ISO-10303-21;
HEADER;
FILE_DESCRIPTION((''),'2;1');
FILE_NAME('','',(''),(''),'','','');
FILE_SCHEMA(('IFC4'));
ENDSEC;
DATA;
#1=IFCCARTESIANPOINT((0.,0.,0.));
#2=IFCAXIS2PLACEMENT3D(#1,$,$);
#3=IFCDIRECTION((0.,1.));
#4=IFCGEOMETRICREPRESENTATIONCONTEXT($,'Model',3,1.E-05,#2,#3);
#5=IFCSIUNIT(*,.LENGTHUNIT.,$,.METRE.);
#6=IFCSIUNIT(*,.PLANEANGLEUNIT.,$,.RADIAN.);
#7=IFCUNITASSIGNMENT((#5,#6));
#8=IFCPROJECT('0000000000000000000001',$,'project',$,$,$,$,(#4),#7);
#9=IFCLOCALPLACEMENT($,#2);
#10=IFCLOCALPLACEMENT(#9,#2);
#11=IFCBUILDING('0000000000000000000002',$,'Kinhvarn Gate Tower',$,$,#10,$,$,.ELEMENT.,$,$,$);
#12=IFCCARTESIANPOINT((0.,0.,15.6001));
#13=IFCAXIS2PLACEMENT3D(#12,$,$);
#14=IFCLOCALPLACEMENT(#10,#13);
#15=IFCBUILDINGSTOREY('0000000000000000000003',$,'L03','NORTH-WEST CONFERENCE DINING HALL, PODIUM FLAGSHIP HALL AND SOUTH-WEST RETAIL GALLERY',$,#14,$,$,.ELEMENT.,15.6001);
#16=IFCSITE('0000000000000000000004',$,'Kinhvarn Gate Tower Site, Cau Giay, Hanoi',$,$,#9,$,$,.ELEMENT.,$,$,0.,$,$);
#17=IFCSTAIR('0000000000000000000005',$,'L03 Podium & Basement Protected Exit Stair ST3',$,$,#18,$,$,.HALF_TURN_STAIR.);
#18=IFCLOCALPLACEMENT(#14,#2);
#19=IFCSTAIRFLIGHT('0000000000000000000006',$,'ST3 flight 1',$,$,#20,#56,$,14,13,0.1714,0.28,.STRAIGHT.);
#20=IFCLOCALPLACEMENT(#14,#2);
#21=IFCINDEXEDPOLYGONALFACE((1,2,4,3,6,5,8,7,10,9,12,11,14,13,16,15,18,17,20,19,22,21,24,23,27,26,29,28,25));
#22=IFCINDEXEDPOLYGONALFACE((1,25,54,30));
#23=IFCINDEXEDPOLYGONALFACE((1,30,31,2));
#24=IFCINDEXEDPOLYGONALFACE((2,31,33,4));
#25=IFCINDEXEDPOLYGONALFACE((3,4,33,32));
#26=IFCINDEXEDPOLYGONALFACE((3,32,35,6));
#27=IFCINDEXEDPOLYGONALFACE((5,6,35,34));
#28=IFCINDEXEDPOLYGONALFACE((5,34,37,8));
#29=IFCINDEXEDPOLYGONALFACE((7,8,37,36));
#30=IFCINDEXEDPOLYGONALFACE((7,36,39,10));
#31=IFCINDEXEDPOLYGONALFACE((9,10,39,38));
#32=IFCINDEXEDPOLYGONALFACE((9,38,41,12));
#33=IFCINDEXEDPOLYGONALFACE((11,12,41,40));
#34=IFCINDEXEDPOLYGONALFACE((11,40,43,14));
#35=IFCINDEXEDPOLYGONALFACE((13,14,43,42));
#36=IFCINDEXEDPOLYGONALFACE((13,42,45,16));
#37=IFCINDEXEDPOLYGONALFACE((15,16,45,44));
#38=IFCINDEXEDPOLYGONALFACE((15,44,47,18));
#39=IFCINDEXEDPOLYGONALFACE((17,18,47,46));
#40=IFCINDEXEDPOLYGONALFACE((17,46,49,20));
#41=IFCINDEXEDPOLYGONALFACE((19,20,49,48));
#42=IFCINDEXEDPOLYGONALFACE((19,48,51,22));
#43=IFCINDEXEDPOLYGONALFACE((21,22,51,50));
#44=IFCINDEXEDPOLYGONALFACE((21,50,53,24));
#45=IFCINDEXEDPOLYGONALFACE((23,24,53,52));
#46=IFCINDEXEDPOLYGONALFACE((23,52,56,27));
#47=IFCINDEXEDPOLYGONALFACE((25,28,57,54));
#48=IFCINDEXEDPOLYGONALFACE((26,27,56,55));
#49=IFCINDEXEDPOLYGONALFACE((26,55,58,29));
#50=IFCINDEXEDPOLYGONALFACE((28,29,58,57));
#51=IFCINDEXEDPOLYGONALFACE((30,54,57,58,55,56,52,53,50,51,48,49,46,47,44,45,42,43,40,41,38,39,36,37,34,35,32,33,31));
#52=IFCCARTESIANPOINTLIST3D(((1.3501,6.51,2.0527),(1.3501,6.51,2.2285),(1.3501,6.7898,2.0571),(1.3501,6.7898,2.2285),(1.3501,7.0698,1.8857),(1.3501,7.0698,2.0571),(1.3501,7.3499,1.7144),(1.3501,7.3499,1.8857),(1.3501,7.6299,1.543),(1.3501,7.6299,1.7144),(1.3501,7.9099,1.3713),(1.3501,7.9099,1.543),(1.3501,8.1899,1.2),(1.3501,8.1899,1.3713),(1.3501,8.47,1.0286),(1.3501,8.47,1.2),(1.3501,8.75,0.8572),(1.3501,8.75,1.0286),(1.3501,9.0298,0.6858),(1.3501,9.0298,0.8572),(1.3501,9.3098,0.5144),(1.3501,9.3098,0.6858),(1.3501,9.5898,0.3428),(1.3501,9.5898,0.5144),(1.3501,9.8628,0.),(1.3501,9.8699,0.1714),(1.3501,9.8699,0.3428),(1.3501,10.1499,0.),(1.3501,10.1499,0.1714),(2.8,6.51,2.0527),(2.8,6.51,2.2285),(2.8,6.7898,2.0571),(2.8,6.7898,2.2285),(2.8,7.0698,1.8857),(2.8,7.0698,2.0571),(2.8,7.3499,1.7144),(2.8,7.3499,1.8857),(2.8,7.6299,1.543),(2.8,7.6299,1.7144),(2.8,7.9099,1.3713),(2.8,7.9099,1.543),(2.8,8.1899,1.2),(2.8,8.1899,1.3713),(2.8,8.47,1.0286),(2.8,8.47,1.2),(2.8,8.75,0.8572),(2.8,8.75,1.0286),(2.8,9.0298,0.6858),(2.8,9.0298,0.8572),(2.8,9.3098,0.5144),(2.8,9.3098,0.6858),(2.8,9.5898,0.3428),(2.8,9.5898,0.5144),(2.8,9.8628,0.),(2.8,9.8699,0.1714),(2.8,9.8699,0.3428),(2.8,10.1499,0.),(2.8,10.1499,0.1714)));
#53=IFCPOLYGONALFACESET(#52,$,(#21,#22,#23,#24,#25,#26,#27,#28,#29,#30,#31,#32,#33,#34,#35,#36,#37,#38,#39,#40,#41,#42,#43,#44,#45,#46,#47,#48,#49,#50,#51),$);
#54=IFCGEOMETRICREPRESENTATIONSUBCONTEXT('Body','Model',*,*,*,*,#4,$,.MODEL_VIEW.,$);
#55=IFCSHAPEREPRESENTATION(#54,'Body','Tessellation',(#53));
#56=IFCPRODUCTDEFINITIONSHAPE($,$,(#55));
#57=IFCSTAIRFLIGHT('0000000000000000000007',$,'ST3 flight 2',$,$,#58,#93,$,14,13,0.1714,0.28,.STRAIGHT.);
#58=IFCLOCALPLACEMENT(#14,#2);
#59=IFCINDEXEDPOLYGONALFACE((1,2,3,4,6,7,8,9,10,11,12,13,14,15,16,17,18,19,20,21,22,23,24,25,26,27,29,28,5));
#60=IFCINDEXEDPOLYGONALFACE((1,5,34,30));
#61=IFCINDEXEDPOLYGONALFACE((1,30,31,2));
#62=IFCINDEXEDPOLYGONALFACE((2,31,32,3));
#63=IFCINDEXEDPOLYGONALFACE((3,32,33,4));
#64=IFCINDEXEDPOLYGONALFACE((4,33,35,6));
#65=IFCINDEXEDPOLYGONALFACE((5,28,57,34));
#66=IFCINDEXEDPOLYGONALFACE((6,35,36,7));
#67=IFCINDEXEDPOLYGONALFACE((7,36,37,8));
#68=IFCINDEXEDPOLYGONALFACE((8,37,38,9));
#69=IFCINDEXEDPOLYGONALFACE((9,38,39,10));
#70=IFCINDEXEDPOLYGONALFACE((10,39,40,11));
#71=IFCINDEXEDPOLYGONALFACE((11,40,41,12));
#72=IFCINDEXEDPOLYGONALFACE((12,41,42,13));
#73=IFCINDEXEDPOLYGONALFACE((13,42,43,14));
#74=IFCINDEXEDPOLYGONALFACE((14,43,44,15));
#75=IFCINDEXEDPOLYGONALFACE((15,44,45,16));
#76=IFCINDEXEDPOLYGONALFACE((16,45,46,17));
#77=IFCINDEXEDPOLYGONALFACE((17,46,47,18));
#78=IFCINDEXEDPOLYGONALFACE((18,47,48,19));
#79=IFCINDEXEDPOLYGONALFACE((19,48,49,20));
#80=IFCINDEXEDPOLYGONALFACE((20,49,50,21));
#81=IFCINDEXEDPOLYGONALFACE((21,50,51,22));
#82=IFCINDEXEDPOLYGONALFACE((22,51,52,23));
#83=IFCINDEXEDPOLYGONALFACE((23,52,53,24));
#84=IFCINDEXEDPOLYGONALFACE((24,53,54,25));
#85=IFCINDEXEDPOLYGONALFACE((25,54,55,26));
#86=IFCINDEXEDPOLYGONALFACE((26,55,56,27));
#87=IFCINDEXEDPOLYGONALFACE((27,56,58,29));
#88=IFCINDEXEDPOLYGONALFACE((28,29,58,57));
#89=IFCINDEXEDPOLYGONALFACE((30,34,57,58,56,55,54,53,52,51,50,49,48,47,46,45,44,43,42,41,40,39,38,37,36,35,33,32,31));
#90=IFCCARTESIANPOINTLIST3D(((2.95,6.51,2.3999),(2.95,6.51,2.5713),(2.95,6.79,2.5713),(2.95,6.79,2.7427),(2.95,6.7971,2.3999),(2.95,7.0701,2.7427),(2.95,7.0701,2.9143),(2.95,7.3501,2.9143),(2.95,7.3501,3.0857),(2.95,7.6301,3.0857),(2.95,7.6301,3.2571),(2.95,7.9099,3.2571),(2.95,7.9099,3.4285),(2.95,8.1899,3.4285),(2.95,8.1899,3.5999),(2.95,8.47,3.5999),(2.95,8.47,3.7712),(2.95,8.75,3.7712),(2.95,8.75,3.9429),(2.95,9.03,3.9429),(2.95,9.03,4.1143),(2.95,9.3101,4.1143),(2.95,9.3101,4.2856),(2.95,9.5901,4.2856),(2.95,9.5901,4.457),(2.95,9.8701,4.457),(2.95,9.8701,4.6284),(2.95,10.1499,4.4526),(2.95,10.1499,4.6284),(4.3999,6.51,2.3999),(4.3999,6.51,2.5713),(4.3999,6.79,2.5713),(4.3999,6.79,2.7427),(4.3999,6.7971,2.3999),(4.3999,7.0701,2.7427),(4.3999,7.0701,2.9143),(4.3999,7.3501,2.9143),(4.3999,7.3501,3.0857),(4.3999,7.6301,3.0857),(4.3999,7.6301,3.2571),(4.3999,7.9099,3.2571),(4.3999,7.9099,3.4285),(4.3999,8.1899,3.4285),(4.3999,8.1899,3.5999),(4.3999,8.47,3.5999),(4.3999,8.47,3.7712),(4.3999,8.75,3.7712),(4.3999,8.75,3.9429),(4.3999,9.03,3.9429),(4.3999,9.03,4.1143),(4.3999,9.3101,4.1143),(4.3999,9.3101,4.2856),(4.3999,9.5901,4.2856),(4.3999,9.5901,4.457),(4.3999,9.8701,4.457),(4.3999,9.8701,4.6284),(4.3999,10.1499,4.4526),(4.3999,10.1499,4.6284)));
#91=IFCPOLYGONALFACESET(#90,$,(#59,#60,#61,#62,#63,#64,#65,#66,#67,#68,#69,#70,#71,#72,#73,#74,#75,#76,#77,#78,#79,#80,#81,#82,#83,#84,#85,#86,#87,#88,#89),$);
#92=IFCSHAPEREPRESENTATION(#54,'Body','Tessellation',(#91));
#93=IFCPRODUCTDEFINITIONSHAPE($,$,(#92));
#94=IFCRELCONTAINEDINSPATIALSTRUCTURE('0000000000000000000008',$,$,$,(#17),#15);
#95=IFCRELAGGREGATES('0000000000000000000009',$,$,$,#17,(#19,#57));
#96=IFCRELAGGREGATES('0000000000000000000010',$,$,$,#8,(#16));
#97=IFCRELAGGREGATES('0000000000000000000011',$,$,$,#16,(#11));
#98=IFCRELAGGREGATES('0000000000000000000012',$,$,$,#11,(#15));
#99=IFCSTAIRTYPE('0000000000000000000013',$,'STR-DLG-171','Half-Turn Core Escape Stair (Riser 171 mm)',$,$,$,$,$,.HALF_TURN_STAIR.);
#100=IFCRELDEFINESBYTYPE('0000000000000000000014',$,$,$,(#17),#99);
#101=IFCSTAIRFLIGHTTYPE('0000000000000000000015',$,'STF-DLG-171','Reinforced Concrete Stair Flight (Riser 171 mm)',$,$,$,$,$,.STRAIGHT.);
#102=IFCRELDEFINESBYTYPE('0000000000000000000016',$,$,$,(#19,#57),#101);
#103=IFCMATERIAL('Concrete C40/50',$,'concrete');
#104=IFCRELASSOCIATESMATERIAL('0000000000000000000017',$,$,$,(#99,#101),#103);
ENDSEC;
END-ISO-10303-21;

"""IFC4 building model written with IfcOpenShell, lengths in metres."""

from ifc_helpers import new_model, si_unit, direction, frame, origin, place, context, subcontext, project, spatial, polyline, outline, extrude, material, type_object, element, aggregate, save


model = new_model("IFC4")

# Units and contexts
model_context = context("Model", 3, precision=1e-05, world=origin(), true_north=direction((0.0, 1.0)))
body_context = subcontext(model_context, "Body", "Model", "MODEL_VIEW")
ifc_project = project(units=[si_unit("LENGTHUNIT", "METRE"), si_unit("PLANEANGLEUNIT", "RADIAN")], contexts=[model_context])

# Site, building, storey
site_placement = place(None, origin())
site = spatial("IfcSite", under=ifc_project, at=site_placement, Name="Kinhvarn Gate Tower Site, Cau Giay, Hanoi", CompositionType="ELEMENT", RefElevation=0.0)
building_placement = place(site_placement, origin())
building = spatial("IfcBuilding", under=site, at=building_placement, Name="Kinhvarn Gate Tower", CompositionType="ELEMENT")
storey_placement = place(building_placement, frame((0.0, 0.0, 15.6001)))
storey = spatial("IfcBuildingStorey", under=building, at=storey_placement, Name="L03", Description="NORTH-WEST CONFERENCE DINING HALL, PODIUM FLAGSHIP HALL AND SOUTH-WEST RETAIL GALLERY", CompositionType="ELEMENT", Elevation=15.6001)

# Shared definitions
ifc_material_1 = material(Name="Concrete C40/50", Category="concrete")

# Stair, stair flights
stair_type = type_object("IfcStairType", Name="STR-DLG-171", Description="Half-Turn Core Escape Stair (Riser 171 mm)", PredefinedType="HALF_TURN_STAIR", material=ifc_material_1)
stair_placement = place(storey_placement, origin())
stair = element("IfcStair", 1, at=stair_placement, inside=storey, type_object=stair_type, Name="L03 Podium & Basement Protected Exit Stair ST3", PredefinedType="HALF_TURN_STAIR")
stair_flight_type = type_object("IfcStairFlightType", Name="STF-DLG-171", Description="Reinforced Concrete Stair Flight (Riser 171 mm)", PredefinedType="STRAIGHT", material=ifc_material_1)
stair_flight_1_placement = place(storey_placement, frame((2.075, 10.1499, 0.0), z_axis=(0.0, 0.0, 1.0), x_axis=(0.0, -1.0, 0.0)))
stair_flight_1 = element("IfcStairFlight", 2, at=stair_flight_1_placement, type_object=stair_flight_type, Name="ST3 flight 1", NumberOfRisers=14, NumberOfTreads=13, PredefinedType="STRAIGHT", RiserHeight=0.1714, TreadLength=0.28, context=body_context, shape_type="SweptSolid", body=[
    extrude(outline(polyline([(0.0, 0.0), (0.0, 0.1714), (0.28, 0.1714), (0.28, 0.3428), (0.5601, 0.3428), (0.5601, 0.5144), (0.8401, 0.5144), (0.8401, 0.6858), (1.1201, 0.6858), (1.1201, 0.8572), (1.3999, 0.8572), (1.3999, 1.0286), (1.6799, 1.0286), (1.6799, 1.2), (1.96, 1.2), (1.96, 1.3713), (2.24, 1.3713), (2.24, 1.543), (2.52, 1.543), (2.52, 1.7144), (2.8, 1.7144), (2.8, 1.8857), (3.0801, 1.8857), (3.0801, 2.0571), (3.3601, 2.0571), (3.3601, 2.2285), (3.6399, 2.2285), (3.6399, 2.3999), (3.6399, 2.0527), (0.2871, 0.0), (0.0, 0.0)])), frame((0.0, 0.7251, 0.0), z_axis=(0.0, -1.0, 0.0), x_axis=(1.0, 0.0, 0.0)), (0.0, 0.0, 1.0), 1.45),
])
stair_flight_2_placement = place(storey_placement, frame((3.675, 6.51, 2.3999), z_axis=(0.0, 0.0, 1.0), x_axis=(0.0, 1.0, 0.0)))
stair_flight_2 = element("IfcStairFlight", 3, at=stair_flight_2_placement, type_object=stair_flight_type, Name="ST3 flight 2", NumberOfRisers=14, NumberOfTreads=13, PredefinedType="STRAIGHT", RiserHeight=0.1714, TreadLength=0.28, context=body_context, shape_type="SweptSolid", body=[
    extrude(outline(polyline([(0.0, 0.0), (0.0, 0.1714), (0.28, 0.1714), (0.28, 0.3428), (0.5601, 0.3428), (0.5601, 0.5144), (0.8401, 0.5144), (0.8401, 0.6858), (1.1201, 0.6858), (1.1201, 0.8572), (1.3999, 0.8572), (1.3999, 1.0286), (1.6799, 1.0286), (1.6799, 1.2), (1.96, 1.2), (1.96, 1.3713), (2.24, 1.3713), (2.24, 1.543), (2.52, 1.543), (2.52, 1.7144), (2.8, 1.7144), (2.8, 1.8857), (3.0801, 1.8857), (3.0801, 2.0571), (3.3601, 2.0571), (3.3601, 2.2285), (3.6399, 2.2285), (3.6399, 2.3999), (3.6399, 2.0527), (0.2871, 0.0), (0.0, 0.0)])), frame((0.0, 0.7251, 0.0), z_axis=(0.0, -1.0, 0.0), x_axis=(1.0, 0.0, 0.0)), (0.0, 0.0, 1.0), 1.45),
])
aggregate(stair, [stair_flight_1, stair_flight_2])

save(model, "model.ifc")
